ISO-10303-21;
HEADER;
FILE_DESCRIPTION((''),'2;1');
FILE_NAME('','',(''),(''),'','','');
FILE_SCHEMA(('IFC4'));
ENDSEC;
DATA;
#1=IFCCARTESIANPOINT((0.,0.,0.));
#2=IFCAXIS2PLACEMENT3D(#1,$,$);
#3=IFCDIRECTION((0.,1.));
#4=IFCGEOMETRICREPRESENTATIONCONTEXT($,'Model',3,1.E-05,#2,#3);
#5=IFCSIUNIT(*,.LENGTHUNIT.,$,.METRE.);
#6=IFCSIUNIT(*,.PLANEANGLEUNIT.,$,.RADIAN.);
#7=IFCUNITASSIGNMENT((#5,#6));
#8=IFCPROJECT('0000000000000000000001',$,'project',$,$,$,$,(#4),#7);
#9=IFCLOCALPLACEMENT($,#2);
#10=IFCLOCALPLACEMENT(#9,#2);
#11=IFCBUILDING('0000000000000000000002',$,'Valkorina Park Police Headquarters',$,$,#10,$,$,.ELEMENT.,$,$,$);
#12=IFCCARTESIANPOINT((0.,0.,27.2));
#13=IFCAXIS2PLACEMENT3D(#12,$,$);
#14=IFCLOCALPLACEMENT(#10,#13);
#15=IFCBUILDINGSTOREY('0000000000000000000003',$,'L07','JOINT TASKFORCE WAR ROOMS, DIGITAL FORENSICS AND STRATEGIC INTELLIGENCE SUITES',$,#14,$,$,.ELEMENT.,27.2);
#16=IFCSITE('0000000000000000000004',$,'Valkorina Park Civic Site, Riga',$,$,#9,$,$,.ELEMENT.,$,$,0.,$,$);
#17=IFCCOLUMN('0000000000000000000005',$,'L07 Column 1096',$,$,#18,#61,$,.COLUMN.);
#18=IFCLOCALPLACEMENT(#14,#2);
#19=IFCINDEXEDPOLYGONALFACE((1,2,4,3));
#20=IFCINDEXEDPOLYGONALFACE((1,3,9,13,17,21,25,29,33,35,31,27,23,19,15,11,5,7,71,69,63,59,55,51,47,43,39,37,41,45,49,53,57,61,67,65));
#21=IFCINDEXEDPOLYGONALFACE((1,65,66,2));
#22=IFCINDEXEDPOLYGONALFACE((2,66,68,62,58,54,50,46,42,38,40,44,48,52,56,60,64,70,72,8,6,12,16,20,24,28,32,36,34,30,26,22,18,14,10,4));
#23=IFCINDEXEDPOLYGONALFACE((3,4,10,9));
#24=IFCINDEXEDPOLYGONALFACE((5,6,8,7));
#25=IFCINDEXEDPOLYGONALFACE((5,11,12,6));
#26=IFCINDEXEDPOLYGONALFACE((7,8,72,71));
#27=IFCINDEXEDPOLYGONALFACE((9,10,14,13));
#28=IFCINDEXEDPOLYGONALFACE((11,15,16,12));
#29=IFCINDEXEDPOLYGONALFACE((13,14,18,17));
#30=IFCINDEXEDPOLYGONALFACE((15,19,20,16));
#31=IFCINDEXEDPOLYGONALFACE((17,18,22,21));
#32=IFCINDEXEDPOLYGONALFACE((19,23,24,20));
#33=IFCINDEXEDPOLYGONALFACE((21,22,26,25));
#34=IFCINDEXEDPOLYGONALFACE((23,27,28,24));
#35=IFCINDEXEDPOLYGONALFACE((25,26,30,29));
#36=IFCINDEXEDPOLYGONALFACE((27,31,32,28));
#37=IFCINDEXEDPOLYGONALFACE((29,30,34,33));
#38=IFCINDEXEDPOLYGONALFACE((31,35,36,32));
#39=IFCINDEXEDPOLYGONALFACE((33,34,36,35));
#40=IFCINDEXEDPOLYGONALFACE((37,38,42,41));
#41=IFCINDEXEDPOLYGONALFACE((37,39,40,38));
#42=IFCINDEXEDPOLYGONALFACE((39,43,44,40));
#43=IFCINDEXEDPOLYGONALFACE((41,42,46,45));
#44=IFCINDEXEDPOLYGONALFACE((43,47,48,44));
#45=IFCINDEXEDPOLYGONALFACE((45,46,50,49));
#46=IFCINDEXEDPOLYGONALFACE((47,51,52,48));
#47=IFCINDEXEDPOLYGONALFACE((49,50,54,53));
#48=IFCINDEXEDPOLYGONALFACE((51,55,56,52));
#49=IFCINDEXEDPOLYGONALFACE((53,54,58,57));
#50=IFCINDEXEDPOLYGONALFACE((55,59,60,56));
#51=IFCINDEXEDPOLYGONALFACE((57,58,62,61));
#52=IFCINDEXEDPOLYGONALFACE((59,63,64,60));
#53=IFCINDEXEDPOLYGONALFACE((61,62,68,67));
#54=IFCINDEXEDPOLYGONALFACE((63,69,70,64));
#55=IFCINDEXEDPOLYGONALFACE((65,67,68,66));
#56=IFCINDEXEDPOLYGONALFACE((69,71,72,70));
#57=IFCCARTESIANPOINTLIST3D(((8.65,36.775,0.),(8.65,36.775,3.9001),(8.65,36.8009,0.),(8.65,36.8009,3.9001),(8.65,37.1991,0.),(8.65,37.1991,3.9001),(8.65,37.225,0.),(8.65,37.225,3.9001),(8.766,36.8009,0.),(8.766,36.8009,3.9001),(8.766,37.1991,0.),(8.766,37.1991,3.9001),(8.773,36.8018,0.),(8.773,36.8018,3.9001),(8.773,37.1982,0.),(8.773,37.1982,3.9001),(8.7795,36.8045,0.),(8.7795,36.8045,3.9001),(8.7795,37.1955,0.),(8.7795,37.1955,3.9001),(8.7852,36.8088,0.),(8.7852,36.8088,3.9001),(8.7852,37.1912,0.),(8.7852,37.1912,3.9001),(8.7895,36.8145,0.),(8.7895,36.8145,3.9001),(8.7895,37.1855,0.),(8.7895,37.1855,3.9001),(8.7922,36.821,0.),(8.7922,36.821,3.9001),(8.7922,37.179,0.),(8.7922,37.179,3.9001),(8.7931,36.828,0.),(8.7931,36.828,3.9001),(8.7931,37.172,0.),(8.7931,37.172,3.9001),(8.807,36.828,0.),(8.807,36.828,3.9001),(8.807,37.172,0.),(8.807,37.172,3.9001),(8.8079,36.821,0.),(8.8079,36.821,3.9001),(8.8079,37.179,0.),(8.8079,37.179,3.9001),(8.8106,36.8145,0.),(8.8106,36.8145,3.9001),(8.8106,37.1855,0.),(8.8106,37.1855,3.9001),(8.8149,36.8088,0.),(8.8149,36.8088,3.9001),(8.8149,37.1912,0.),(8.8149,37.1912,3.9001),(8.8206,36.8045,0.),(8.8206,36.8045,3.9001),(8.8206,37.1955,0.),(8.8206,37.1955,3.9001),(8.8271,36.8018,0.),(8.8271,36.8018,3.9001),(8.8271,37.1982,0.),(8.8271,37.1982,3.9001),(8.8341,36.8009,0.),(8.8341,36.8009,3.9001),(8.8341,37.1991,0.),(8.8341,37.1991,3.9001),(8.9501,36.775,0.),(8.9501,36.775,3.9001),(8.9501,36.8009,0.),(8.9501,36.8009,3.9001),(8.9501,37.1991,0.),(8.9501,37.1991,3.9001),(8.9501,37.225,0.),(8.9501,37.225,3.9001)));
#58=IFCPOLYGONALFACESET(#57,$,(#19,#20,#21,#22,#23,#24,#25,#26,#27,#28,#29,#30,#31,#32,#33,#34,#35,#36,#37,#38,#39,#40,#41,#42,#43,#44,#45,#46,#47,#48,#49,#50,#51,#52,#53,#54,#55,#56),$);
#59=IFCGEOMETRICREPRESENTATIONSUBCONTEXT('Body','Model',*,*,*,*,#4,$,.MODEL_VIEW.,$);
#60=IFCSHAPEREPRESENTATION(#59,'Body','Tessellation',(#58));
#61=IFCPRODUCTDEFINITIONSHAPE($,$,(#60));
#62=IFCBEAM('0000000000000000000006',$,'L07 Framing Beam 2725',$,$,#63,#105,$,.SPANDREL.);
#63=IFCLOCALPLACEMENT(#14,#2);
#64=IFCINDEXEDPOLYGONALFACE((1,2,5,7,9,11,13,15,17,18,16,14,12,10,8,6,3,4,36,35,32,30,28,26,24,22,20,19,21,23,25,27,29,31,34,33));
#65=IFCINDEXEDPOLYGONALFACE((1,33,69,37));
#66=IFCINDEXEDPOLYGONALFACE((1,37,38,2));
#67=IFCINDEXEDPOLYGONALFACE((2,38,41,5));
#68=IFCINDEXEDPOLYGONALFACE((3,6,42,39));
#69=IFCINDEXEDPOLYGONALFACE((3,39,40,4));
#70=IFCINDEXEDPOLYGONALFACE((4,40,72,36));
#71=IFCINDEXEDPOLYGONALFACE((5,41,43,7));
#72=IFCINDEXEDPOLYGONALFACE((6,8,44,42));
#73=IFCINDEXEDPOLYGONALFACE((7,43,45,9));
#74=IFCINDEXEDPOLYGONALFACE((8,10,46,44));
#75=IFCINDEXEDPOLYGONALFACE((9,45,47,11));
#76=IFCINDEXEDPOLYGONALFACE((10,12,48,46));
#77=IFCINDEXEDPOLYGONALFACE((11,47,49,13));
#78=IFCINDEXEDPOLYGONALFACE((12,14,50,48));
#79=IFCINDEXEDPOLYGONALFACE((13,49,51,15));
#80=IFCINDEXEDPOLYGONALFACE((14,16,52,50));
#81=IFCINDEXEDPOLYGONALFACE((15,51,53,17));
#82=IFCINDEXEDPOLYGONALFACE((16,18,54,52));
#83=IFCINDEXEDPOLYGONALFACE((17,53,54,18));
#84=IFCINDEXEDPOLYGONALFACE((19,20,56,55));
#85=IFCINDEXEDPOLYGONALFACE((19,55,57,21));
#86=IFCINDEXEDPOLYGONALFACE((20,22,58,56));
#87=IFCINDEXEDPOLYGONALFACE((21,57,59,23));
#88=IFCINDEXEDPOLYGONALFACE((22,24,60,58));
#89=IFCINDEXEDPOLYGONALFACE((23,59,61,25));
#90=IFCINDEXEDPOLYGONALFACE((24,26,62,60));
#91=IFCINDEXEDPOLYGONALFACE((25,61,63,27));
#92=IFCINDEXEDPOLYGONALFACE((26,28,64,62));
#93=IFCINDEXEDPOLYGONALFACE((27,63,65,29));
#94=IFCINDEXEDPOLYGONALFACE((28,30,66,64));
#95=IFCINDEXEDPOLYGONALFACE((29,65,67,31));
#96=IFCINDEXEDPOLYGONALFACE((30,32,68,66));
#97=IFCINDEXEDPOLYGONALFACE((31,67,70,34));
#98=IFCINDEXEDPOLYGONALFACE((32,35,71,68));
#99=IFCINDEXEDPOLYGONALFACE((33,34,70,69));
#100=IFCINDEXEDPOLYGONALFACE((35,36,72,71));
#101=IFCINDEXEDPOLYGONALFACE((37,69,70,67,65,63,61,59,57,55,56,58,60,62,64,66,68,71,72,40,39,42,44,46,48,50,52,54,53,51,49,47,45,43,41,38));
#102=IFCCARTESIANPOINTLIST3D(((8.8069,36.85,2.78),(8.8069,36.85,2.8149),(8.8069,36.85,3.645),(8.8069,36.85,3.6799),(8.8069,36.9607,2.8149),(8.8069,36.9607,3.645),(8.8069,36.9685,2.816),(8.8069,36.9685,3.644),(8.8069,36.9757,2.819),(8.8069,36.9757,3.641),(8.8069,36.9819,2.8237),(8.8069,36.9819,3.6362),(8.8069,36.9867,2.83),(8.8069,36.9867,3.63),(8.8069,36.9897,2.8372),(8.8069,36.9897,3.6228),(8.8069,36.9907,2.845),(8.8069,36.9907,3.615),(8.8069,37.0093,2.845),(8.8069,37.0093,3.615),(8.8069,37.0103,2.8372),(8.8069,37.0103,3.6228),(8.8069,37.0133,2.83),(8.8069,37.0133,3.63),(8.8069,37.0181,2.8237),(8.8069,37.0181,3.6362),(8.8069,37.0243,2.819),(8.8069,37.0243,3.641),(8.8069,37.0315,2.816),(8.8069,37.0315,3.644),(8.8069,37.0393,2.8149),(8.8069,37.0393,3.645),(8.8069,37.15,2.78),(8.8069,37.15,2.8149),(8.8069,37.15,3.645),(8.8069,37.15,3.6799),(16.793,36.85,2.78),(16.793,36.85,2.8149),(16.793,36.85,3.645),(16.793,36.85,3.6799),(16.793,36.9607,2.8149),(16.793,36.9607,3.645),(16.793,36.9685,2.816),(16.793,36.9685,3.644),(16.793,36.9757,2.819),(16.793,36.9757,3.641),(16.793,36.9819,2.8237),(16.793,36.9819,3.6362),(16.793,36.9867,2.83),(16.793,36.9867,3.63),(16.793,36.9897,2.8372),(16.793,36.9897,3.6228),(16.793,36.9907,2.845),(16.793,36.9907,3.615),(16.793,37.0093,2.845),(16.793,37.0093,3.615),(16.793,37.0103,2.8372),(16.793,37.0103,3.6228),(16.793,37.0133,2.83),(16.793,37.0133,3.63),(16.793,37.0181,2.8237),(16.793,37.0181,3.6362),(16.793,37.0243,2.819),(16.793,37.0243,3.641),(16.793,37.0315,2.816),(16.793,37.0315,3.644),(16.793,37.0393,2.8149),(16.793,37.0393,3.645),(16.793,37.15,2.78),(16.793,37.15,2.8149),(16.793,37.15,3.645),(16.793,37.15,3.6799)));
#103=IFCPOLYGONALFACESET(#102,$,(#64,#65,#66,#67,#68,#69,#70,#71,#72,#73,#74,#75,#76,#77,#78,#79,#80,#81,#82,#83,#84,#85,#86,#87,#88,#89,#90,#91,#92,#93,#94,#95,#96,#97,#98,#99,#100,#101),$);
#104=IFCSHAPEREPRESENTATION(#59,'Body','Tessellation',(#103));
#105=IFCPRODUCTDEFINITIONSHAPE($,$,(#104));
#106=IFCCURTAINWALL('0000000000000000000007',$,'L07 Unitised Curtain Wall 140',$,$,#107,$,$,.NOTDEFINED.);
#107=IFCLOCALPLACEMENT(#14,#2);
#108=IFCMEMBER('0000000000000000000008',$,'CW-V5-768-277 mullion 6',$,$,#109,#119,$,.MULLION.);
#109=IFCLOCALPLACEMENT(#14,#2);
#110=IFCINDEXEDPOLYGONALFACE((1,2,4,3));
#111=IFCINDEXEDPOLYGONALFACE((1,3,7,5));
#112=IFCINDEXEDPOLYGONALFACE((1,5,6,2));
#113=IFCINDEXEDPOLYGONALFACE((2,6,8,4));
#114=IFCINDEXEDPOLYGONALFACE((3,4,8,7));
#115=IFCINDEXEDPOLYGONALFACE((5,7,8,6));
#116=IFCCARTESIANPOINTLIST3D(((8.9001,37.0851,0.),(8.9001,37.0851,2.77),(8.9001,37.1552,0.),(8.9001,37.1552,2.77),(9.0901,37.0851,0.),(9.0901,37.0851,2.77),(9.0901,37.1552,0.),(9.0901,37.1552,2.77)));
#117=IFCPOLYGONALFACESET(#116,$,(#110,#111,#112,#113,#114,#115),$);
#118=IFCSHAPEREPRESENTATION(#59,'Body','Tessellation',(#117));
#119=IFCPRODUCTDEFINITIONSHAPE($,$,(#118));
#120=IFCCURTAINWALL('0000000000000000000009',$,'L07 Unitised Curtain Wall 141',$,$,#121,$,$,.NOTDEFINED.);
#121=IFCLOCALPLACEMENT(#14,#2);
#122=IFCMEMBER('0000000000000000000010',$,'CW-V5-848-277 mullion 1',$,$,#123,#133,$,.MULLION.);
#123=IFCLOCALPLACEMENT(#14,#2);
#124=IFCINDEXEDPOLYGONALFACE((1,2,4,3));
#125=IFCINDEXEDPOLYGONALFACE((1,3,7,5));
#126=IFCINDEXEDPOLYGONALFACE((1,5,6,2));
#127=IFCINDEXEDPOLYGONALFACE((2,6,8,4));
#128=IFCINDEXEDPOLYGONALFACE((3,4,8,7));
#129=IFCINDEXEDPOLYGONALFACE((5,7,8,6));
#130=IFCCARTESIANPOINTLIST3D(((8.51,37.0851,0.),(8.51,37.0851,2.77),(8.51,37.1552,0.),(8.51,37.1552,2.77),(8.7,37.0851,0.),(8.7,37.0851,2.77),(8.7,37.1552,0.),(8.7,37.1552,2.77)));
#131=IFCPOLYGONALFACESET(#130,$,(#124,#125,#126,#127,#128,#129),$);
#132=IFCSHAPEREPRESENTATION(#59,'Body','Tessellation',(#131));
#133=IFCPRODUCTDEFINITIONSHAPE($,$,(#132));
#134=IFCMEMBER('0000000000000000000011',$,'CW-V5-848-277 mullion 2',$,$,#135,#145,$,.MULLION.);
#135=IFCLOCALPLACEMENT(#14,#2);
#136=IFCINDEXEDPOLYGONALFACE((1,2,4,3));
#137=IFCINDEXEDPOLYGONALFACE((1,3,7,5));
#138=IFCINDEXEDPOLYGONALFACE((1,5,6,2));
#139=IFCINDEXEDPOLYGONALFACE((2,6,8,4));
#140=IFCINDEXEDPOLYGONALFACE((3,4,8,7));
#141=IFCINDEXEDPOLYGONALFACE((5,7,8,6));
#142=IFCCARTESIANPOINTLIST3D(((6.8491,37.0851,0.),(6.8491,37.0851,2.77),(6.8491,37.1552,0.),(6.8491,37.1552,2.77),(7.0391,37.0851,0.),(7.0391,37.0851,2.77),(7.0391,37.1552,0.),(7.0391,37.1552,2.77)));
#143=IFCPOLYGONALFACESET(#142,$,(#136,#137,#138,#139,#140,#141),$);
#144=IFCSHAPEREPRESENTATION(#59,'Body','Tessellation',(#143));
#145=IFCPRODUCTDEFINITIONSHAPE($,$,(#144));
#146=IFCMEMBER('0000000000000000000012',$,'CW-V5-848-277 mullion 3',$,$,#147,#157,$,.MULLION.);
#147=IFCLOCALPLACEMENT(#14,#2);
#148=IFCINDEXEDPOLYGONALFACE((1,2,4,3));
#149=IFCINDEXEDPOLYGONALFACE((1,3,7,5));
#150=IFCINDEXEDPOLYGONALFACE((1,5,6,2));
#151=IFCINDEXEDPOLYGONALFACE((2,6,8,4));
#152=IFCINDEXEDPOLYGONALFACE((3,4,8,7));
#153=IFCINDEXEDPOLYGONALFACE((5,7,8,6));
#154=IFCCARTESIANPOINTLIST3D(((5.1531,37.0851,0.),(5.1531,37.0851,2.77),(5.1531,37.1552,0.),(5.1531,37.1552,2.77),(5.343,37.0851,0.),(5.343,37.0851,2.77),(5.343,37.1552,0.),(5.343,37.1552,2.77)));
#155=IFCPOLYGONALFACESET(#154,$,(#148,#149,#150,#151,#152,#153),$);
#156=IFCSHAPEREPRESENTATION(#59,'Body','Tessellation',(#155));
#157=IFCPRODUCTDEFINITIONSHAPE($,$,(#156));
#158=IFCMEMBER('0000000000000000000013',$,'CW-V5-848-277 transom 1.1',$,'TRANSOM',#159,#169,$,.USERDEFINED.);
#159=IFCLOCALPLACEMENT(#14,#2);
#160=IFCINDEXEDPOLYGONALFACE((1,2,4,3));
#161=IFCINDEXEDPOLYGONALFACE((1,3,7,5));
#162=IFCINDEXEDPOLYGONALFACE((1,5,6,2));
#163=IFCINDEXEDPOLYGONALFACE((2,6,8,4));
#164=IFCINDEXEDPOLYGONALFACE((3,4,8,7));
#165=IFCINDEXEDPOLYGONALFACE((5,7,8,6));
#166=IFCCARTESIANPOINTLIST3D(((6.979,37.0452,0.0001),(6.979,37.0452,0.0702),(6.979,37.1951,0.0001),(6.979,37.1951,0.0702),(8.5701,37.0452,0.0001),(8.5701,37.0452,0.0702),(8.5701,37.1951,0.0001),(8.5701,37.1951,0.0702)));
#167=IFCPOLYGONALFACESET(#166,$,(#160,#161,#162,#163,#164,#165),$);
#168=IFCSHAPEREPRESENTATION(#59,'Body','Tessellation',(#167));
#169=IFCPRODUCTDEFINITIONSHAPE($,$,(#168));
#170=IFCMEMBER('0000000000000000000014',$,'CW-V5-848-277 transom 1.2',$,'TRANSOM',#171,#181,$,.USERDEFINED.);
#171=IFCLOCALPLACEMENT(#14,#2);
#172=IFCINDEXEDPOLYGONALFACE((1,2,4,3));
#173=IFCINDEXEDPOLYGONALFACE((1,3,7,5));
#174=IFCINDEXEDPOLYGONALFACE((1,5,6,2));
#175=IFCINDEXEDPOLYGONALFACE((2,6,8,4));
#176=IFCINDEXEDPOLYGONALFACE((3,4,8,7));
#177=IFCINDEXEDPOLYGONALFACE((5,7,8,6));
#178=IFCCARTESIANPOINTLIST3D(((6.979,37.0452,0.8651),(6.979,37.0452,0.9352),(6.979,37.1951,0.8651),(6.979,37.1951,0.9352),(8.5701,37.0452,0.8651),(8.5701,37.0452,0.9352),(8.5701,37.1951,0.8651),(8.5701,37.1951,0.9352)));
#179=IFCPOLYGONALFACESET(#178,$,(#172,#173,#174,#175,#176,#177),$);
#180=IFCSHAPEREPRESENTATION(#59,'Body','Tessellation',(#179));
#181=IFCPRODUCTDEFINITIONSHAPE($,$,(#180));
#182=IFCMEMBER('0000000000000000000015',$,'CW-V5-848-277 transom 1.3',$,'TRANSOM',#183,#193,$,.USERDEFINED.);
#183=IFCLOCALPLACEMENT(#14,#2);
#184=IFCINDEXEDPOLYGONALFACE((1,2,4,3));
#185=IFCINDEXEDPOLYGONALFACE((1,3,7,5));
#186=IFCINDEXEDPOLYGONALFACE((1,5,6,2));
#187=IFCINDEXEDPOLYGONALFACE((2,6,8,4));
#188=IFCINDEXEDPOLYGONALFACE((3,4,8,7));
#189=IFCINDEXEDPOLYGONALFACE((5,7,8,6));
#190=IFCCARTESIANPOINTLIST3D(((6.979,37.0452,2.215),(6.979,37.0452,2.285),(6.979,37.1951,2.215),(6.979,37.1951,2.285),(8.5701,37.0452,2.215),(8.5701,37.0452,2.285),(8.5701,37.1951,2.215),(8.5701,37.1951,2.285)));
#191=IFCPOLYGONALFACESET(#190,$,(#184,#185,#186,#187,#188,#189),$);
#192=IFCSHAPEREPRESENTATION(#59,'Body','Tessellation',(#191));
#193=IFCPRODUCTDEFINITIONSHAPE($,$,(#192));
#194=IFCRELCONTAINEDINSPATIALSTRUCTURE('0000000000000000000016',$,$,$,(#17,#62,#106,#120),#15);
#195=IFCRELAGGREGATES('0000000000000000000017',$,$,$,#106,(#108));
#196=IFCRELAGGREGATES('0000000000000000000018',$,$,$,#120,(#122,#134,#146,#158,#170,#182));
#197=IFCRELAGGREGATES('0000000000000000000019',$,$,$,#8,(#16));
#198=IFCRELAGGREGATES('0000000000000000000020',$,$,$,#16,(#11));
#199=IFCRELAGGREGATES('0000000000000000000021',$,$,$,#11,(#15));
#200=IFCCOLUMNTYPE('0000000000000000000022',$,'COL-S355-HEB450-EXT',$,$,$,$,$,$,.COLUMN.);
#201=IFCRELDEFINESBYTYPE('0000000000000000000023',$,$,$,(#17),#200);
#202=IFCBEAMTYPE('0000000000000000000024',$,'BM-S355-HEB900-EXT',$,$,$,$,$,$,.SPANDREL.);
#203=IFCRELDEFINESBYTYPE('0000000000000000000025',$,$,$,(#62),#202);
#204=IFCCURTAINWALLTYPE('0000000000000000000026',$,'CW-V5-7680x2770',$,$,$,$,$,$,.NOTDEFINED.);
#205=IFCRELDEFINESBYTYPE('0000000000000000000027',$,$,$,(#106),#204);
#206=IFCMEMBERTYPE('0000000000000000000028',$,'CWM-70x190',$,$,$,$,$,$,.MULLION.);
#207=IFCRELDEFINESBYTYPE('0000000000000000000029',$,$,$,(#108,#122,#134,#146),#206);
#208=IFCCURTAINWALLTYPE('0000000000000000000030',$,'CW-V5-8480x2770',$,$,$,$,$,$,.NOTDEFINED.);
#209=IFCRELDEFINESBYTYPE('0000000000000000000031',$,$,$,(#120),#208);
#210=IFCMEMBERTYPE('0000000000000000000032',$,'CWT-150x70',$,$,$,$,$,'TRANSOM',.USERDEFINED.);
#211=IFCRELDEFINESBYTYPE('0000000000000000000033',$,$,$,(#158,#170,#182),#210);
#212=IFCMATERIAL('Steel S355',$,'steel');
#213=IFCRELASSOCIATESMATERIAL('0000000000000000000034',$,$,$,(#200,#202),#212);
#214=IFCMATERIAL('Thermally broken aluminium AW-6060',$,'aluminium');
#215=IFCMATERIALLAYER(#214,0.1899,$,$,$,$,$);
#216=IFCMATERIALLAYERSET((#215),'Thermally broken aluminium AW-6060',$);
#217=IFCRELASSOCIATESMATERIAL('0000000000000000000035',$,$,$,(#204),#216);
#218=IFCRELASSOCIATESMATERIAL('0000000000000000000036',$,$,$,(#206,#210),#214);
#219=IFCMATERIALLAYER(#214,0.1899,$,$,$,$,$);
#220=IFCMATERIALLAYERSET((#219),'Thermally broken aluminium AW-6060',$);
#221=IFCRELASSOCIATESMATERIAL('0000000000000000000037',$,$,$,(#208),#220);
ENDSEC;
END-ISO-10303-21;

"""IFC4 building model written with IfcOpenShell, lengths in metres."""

from ifc_helpers import new_model, si_unit, direction, frame, origin, origin_2d, place, context, subcontext, project, spatial, rectangle, i_section, extrude, material, layer, layer_set, material_profile, profile_set, type_object, element, aggregate, save


model = new_model("IFC4")

# Units and contexts
model_context = context("Model", 3, precision=1e-05, world=origin(), true_north=direction((0.0, 1.0)))
body_context = subcontext(model_context, "Body", "Model", "MODEL_VIEW")
ifc_project = project(units=[si_unit("LENGTHUNIT", "METRE"), si_unit("PLANEANGLEUNIT", "RADIAN")], contexts=[model_context])

# Site, building, storey
site_placement = place(None, origin())
site = spatial("IfcSite", under=ifc_project, at=site_placement, Name="Valkorina Park Civic Site, Riga", CompositionType="ELEMENT", RefElevation=0.0)
building_placement = place(site_placement, origin())
building = spatial("IfcBuilding", under=site, at=building_placement, Name="Valkorina Park Police Headquarters", CompositionType="ELEMENT")
storey_placement = place(building_placement, frame((0.0, 0.0, 27.2)))
storey = spatial("IfcBuildingStorey", under=building, at=storey_placement, Name="L07", Description="JOINT TASKFORCE WAR ROOMS, DIGITAL FORENSICS AND STRATEGIC INTELLIGENCE SUITES", CompositionType="ELEMENT", Elevation=27.2)

# Column
ifc_material_1 = material(Name="Steel S355", Category="steel")
ifc_material_profile_1 = material_profile(ifc_material_1, i_section(OverallWidth=0.3, OverallDepth=0.45, WebThickness=0.0139, FlangeThickness=0.0259, FilletRadius=0.0271, at=origin_2d()), Name="HEB 450")
ifc_profile_set_1 = profile_set([ifc_material_profile_1], Name="Steel S355")
column_type = type_object("IfcColumnType", Name="COL-S355-HEB450-EXT", PredefinedType="COLUMN", material=ifc_profile_set_1)
column_placement = place(storey_placement, frame((8.8, 37.0, 0.0), z_axis=(0.0, 0.0, 1.0), x_axis=(1.0, 0.0, 0.0)))
element("IfcColumn", 1, at=column_placement, inside=storey, type_object=column_type, Name="L07 Column 1096", PredefinedType="COLUMN", context=body_context, shape_type="SweptSolid", body=[
    extrude(i_section(OverallWidth=0.3, OverallDepth=0.45, WebThickness=0.0139, FlangeThickness=0.0259, FilletRadius=0.0271, at=origin_2d()), origin(), (0.0, 0.0, 1.0), 3.9001),
])

# Beam
ifc_material_profile_2 = material_profile(ifc_material_1, i_section(OverallWidth=0.3, OverallDepth=0.8999, WebThickness=0.0186, FlangeThickness=0.0349, FilletRadius=0.03, at=origin_2d()), Name="HEB 900")
ifc_profile_set_2 = profile_set([ifc_material_profile_2], Name="Steel S355")
beam_type = type_object("IfcBeamType", Name="BM-S355-HEB900-EXT", PredefinedType="SPANDREL", material=ifc_profile_set_2)
beam_placement = place(storey_placement, frame((8.8069, 37.0, 3.23), z_axis=(1.0, 0.0, 0.0), x_axis=(0.0, 1.0, 0.0)))
element("IfcBeam", 2, at=beam_placement, inside=storey, type_object=beam_type, Name="L07 Framing Beam 2725", PredefinedType="SPANDREL", context=body_context, shape_type="SweptSolid", body=[
    extrude(i_section(OverallWidth=0.3, OverallDepth=0.8999, WebThickness=0.0186, FlangeThickness=0.0349, FilletRadius=0.03, at=origin_2d()), origin(), (0.0, 0.0, 1.0), 7.9861),
])

# Curtain wall, member
ifc_material_2 = material(Name="Thermally broken aluminium AW-6060", Category="aluminium")
ifc_layer_1 = layer(ifc_material_2, 0.1899)
ifc_layer_set_1 = layer_set([ifc_layer_1], Name="Thermally broken aluminium AW-6060")
curtain_wall_type_1 = type_object("IfcCurtainWallType", Name="CW-V5-7680x2770", PredefinedType="NOTDEFINED", material=ifc_layer_set_1)
curtain_wall_1_placement = place(storey_placement, origin())
curtain_wall_1 = element("IfcCurtainWall", 3, at=curtain_wall_1_placement, inside=storey, type_object=curtain_wall_type_1, Name="L07 Unitised Curtain Wall 140", PredefinedType="NOTDEFINED")
ifc_material_profile_3 = material_profile(ifc_material_2, rectangle(XDim=0.0701, YDim=0.1899, at=origin_2d()), Name="CWM-02 70x190")
ifc_profile_set_3 = profile_set([ifc_material_profile_3], Name="Thermally broken aluminium AW-6060")
member_type_1 = type_object("IfcMemberType", Name="CWM-70x190", PredefinedType="MULLION", material=ifc_profile_set_3)
member_1_placement = place(storey_placement, frame((8.9951, 37.1201, 0.0), z_axis=(0.0, 0.0, 1.0), x_axis=(0.0, -1.0, 0.0)))
member_1 = element("IfcMember", 4, at=member_1_placement, type_object=member_type_1, Name="CW-V5-768-277 mullion 6", PredefinedType="MULLION", context=body_context, shape_type="SweptSolid", body=[
    extrude(rectangle(XDim=0.0701, YDim=0.1899, at=origin_2d()), origin(), (0.0, 0.0, 1.0), 2.77),
])

# Curtain wall, members
ifc_layer_2 = layer(ifc_material_2, 0.1899)
ifc_layer_set_2 = layer_set([ifc_layer_2], Name="Thermally broken aluminium AW-6060")
curtain_wall_type_2 = type_object("IfcCurtainWallType", Name="CW-V5-8480x2770", PredefinedType="NOTDEFINED", material=ifc_layer_set_2)
curtain_wall_2_placement = place(storey_placement, origin())
curtain_wall_2 = element("IfcCurtainWall", 5, at=curtain_wall_2_placement, inside=storey, type_object=curtain_wall_type_2, Name="L07 Unitised Curtain Wall 141", PredefinedType="NOTDEFINED")
member_2_placement = place(storey_placement, frame((8.605, 37.1201, 0.0), z_axis=(0.0, 0.0, 1.0), x_axis=(0.0, -1.0, 0.0)))
member_2 = element("IfcMember", 6, at=member_2_placement, type_object=member_type_1, Name="CW-V5-848-277 mullion 1", PredefinedType="MULLION", context=body_context, shape_type="SweptSolid", body=[
    extrude(rectangle(XDim=0.0701, YDim=0.1899, at=origin_2d()), origin(), (0.0, 0.0, 1.0), 2.77),
])
member_3_placement = place(storey_placement, frame((6.9441, 37.1201, 0.0), z_axis=(0.0, 0.0, 1.0), x_axis=(0.0, -1.0, 0.0)))
member_3 = element("IfcMember", 7, at=member_3_placement, type_object=member_type_1, Name="CW-V5-848-277 mullion 2", PredefinedType="MULLION", context=body_context, shape_type="SweptSolid", body=[
    extrude(rectangle(XDim=0.0701, YDim=0.1899, at=origin_2d()), origin(), (0.0, 0.0, 1.0), 2.77),
])
member_4_placement = place(storey_placement, frame((5.248, 37.1201, 0.0), z_axis=(0.0, 0.0, 1.0), x_axis=(0.0, -1.0, 0.0)))
member_4 = element("IfcMember", 8, at=member_4_placement, type_object=member_type_1, Name="CW-V5-848-277 mullion 3", PredefinedType="MULLION", context=body_context, shape_type="SweptSolid", body=[
    extrude(rectangle(XDim=0.0701, YDim=0.1899, at=origin_2d()), origin(), (0.0, 0.0, 1.0), 2.77),
])
ifc_material_profile_4 = material_profile(ifc_material_2, rectangle(XDim=0.1499, YDim=0.0701, at=origin_2d()), Name="CWT-02 150x70")
ifc_profile_set_4 = profile_set([ifc_material_profile_4], Name="Thermally broken aluminium AW-6060")
member_type_2 = type_object("IfcMemberType", Name="CWT-150x70", ElementType="TRANSOM", PredefinedType="USERDEFINED", material=ifc_profile_set_4)
member_5_placement = place(storey_placement, frame((8.5701, 37.1201, 0.0352), z_axis=(-1.0, 0.0, 0.0), x_axis=(0.0, -1.0, 0.0)))
member_5 = element("IfcMember", 9, at=member_5_placement, type_object=member_type_2, Name="CW-V5-848-277 transom 1.1", ObjectType="TRANSOM", PredefinedType="USERDEFINED", context=body_context, shape_type="SweptSolid", body=[
    extrude(rectangle(XDim=0.1499, YDim=0.0701, at=origin_2d()), origin(), (0.0, 0.0, 1.0), 1.5911),
])
member_6_placement = place(storey_placement, frame((8.5701, 37.1201, 0.9001), z_axis=(-1.0, 0.0, 0.0), x_axis=(0.0, -1.0, 0.0)))
member_6 = element("IfcMember", 10, at=member_6_placement, type_object=member_type_2, Name="CW-V5-848-277 transom 1.2", ObjectType="TRANSOM", PredefinedType="USERDEFINED", context=body_context, shape_type="SweptSolid", body=[
    extrude(rectangle(XDim=0.1499, YDim=0.0701, at=origin_2d()), origin(), (0.0, 0.0, 1.0), 1.5911),
])
member_7_placement = place(storey_placement, frame((8.5701, 37.1201, 2.25), z_axis=(-1.0, 0.0, 0.0), x_axis=(0.0, -1.0, 0.0)))
member_7 = element("IfcMember", 11, at=member_7_placement, type_object=member_type_2, Name="CW-V5-848-277 transom 1.3", ObjectType="TRANSOM", PredefinedType="USERDEFINED", context=body_context, shape_type="SweptSolid", body=[
    extrude(rectangle(XDim=0.1499, YDim=0.0701, at=origin_2d()), origin(), (0.0, 0.0, 1.0), 1.5911),
])

aggregate(curtain_wall_1, [member_1])
aggregate(curtain_wall_2, [member_2, member_3, member_4, member_5, member_6, member_7])

save(model, "model.ifc")
